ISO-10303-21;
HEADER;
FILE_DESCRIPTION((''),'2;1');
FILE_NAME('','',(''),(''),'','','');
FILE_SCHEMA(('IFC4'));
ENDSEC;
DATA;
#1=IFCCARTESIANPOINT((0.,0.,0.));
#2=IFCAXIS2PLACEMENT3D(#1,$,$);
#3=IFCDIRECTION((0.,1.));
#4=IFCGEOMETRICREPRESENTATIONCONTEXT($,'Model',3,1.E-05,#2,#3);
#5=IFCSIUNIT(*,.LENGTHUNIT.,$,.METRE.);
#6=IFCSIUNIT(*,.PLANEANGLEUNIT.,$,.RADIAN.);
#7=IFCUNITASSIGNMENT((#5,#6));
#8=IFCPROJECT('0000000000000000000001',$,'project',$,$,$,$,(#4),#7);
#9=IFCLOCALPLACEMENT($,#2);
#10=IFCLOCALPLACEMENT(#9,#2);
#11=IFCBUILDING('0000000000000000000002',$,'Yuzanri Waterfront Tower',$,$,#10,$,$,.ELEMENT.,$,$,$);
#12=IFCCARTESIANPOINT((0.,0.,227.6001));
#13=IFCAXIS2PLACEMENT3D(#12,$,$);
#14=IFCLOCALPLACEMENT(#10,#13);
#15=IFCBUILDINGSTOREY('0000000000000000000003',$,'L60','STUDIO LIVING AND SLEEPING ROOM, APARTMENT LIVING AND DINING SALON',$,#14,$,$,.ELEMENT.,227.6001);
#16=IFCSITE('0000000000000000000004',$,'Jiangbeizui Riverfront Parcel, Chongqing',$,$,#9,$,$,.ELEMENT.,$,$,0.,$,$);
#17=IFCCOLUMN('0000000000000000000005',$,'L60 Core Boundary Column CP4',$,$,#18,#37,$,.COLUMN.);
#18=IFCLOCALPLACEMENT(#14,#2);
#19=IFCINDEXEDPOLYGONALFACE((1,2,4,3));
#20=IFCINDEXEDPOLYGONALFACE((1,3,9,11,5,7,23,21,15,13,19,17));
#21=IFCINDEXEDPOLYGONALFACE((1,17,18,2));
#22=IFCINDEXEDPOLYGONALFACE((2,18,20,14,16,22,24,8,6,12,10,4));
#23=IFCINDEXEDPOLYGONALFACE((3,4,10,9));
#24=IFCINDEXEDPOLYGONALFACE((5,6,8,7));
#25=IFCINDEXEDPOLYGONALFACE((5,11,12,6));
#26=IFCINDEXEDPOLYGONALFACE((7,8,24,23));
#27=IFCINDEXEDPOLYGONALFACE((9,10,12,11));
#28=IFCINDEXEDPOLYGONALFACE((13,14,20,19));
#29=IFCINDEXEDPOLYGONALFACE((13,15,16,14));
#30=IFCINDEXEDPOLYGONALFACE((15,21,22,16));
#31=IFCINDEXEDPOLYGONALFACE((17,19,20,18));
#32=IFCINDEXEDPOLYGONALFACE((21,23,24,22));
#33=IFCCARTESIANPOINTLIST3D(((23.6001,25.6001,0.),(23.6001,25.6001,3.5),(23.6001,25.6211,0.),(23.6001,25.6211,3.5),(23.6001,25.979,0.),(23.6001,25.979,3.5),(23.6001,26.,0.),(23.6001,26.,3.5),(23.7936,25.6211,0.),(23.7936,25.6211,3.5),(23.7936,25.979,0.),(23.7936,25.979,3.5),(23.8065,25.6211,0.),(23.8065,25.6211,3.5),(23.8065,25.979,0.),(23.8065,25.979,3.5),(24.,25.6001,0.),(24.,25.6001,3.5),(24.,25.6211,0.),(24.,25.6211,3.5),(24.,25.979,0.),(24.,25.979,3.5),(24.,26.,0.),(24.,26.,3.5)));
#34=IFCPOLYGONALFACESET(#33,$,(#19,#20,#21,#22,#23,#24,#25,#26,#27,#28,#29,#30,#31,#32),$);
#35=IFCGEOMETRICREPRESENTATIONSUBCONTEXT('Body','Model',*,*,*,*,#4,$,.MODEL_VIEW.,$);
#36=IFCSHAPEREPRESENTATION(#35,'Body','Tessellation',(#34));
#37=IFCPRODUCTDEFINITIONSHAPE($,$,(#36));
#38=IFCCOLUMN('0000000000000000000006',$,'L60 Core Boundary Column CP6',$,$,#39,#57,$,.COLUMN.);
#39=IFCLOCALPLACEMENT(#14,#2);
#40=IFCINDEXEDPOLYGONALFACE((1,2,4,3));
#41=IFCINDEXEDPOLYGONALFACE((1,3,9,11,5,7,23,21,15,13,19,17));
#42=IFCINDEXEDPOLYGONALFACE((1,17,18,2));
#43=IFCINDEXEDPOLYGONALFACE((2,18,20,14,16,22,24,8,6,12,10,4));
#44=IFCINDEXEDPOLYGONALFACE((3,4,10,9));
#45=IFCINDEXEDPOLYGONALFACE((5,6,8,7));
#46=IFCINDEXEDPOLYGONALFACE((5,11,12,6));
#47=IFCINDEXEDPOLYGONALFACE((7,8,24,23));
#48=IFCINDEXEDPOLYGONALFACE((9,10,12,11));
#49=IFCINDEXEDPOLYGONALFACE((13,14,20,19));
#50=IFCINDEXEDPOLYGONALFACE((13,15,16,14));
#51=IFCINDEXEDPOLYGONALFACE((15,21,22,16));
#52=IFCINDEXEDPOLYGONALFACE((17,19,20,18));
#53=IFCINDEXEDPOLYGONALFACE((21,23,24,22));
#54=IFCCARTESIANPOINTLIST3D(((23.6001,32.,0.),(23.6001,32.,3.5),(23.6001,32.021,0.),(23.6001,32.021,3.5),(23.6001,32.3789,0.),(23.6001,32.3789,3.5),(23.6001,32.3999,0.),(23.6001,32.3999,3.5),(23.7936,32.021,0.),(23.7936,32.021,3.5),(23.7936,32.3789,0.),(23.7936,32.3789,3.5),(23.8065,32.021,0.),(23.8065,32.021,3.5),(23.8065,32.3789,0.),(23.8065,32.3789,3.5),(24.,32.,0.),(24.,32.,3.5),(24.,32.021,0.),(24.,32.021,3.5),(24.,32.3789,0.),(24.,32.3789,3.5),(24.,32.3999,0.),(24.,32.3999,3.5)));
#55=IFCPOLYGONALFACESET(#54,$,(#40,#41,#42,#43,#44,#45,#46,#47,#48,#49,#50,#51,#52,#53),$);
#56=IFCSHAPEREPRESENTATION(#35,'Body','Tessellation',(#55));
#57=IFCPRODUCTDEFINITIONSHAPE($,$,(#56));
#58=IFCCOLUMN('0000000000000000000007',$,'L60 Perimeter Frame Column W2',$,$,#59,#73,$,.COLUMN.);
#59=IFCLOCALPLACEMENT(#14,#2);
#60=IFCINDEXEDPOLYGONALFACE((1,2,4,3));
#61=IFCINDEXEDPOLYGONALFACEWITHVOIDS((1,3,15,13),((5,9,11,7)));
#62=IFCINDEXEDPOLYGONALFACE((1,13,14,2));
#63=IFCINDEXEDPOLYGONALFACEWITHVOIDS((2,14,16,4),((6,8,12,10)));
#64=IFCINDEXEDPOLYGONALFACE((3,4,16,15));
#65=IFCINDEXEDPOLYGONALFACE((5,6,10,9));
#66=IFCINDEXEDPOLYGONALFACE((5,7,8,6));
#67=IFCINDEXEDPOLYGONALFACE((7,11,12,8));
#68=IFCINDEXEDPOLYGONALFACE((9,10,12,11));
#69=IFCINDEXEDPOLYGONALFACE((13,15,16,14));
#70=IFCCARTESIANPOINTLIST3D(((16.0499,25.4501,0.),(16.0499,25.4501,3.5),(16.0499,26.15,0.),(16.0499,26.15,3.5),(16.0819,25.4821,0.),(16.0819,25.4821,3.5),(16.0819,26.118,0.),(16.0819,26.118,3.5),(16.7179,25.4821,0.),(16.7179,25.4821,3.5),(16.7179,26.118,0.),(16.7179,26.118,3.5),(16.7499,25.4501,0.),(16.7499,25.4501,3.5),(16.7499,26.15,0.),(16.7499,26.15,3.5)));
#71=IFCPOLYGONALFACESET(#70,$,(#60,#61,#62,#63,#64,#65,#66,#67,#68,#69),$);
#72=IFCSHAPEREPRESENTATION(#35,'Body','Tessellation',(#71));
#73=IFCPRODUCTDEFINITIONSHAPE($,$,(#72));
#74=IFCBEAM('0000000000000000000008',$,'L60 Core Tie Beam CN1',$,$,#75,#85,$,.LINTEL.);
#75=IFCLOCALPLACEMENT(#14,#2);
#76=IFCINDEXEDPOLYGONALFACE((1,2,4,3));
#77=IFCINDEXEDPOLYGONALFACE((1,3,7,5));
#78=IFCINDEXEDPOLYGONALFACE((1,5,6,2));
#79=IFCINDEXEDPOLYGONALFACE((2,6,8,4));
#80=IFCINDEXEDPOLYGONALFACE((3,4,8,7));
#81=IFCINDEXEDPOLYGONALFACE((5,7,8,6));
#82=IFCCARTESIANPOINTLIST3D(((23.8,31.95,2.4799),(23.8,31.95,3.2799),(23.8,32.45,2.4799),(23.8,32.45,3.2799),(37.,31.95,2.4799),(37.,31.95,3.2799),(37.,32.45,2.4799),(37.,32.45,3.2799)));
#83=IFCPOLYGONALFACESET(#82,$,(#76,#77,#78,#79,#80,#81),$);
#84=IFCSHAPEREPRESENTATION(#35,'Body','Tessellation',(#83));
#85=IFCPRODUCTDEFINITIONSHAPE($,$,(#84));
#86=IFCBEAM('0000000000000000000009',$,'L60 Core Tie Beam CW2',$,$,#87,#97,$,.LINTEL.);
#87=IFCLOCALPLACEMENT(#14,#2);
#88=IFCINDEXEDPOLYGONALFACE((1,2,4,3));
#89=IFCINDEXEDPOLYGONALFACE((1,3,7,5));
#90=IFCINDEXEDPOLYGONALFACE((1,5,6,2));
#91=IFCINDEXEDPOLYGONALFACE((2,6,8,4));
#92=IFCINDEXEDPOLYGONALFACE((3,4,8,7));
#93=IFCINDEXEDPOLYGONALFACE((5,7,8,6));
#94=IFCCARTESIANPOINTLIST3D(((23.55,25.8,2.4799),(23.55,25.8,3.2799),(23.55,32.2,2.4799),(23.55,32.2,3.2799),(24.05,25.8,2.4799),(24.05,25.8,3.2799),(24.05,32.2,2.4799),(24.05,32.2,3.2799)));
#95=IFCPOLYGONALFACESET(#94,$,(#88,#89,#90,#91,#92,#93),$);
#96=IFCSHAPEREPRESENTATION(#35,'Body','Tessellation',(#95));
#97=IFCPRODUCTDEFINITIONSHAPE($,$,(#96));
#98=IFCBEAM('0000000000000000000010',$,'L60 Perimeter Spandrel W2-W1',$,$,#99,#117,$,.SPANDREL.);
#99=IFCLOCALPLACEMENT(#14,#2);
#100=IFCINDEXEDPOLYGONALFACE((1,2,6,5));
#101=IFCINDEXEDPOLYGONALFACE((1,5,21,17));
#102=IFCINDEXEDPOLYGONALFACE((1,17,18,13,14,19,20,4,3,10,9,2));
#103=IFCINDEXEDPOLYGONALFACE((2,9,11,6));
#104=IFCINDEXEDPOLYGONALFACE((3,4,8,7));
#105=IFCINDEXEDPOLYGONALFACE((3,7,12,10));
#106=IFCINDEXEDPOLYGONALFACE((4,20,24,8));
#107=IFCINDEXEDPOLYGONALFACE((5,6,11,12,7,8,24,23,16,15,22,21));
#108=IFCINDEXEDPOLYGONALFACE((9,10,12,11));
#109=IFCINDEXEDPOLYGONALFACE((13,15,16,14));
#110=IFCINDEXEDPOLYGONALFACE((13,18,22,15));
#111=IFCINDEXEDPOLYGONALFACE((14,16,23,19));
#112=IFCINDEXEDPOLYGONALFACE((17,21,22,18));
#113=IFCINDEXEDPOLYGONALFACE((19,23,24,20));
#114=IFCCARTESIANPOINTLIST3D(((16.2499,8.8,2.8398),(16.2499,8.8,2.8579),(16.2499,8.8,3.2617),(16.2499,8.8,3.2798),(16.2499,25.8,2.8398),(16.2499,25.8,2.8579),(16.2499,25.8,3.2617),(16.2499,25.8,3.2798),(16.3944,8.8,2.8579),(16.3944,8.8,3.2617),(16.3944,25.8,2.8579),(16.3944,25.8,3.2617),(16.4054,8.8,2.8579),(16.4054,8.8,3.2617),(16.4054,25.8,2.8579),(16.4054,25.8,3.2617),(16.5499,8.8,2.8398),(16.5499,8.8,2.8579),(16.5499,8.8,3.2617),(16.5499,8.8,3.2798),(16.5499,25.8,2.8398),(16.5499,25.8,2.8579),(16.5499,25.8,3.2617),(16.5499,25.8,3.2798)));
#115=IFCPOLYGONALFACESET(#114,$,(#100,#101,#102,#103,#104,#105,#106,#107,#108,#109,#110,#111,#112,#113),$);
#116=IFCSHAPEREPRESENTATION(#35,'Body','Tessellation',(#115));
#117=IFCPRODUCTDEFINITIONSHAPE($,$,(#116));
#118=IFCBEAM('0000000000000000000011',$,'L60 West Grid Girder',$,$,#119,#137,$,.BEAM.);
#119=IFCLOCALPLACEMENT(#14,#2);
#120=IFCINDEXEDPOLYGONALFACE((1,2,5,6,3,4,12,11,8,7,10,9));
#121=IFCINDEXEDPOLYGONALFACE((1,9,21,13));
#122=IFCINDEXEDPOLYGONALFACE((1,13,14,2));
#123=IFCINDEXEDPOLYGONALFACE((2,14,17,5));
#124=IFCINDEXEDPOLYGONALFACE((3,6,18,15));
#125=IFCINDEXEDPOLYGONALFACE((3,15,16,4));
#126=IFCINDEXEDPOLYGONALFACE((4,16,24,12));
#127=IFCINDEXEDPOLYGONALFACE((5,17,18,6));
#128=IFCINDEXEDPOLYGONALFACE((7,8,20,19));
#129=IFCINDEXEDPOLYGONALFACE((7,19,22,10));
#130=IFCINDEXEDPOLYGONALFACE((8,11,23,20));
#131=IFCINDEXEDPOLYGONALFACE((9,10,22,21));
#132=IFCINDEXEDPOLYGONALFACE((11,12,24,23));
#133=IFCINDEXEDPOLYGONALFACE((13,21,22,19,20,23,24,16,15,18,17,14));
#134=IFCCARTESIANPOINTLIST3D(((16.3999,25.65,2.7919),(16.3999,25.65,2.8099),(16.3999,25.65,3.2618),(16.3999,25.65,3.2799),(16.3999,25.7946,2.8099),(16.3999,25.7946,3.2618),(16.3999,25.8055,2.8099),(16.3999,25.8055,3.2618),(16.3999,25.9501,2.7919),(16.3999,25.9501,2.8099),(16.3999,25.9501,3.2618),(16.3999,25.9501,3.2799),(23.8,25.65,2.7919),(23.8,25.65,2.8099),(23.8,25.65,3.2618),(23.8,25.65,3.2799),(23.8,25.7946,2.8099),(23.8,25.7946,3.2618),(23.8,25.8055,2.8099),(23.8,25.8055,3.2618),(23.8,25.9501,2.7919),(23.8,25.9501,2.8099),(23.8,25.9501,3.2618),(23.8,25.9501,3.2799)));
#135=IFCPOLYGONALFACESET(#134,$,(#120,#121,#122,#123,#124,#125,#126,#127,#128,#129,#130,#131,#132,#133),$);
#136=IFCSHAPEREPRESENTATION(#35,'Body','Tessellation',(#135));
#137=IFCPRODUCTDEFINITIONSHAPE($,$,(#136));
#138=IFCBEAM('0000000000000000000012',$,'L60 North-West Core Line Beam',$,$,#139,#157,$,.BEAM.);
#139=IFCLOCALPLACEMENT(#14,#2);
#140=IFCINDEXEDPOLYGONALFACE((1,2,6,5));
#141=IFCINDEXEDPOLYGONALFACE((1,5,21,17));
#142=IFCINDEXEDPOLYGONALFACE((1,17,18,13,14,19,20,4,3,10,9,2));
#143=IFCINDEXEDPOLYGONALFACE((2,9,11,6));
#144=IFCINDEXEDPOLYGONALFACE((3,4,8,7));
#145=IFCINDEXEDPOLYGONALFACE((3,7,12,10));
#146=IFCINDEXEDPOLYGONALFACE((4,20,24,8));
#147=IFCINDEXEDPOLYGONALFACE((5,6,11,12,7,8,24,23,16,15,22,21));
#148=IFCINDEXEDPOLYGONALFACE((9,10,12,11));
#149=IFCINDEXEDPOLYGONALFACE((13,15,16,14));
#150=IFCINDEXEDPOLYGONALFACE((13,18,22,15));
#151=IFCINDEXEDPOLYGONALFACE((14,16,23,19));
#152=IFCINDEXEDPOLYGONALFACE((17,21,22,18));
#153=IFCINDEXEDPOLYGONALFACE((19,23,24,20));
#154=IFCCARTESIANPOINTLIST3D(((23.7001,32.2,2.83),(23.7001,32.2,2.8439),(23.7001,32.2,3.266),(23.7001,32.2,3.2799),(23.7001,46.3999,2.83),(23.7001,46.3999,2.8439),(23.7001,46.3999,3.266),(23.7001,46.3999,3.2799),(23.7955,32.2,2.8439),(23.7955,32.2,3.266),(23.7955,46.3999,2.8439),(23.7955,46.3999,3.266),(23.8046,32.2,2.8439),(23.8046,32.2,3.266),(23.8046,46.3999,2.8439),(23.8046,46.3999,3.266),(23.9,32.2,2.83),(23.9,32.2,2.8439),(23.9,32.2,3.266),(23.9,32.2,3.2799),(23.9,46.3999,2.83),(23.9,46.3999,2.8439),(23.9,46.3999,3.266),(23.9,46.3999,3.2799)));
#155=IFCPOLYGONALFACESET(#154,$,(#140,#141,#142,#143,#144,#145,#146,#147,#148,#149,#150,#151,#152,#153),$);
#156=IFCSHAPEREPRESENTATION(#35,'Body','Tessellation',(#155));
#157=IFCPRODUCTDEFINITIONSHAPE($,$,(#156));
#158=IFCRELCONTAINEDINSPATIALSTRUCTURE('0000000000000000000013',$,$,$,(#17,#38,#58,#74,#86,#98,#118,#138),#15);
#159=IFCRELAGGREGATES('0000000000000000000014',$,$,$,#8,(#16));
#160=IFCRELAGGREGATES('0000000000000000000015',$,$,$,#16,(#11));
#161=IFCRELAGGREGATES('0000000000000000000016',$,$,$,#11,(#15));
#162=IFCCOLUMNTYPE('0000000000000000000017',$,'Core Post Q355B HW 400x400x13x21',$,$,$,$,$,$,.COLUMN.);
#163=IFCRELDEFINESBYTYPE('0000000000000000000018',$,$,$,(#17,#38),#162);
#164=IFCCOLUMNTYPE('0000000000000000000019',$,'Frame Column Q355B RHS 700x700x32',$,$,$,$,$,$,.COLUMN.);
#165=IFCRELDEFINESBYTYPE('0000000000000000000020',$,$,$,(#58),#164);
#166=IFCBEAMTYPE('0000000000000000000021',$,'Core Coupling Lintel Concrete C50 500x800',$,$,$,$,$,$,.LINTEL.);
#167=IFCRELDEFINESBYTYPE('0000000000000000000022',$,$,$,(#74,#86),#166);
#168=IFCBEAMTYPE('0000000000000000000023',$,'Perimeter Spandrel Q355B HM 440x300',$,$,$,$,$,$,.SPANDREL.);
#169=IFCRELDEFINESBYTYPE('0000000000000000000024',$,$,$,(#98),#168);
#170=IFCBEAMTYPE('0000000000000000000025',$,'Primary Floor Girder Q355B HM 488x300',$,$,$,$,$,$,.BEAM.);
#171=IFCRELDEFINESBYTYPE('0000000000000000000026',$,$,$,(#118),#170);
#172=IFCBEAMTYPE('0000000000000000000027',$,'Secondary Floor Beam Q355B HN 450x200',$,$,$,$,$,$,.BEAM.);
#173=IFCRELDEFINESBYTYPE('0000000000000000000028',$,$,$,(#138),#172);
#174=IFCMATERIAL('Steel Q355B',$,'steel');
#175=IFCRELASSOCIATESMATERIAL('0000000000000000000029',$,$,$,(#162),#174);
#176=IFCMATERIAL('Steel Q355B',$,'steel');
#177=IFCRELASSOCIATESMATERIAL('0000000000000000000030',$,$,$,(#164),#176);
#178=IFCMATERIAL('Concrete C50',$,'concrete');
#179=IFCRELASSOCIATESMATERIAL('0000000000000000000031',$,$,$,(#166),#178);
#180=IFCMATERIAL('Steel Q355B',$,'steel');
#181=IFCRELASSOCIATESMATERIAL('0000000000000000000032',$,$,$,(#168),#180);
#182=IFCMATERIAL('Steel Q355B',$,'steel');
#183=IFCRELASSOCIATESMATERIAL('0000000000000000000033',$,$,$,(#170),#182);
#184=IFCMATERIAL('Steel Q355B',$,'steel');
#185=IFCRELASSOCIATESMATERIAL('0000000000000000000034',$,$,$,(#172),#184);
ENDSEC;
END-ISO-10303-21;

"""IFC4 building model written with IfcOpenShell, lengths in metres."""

from ifc_helpers import new_model, si_unit, direction, frame, origin, origin_2d, place, context, subcontext, project, spatial, rectangle, hollow_rectangle, i_section, extrude, source, transform, mapped, material, material_profile, profile_set, type_object, element, save


model = new_model("IFC4")

# Units and contexts
model_context = context("Model", 3, precision=1e-05, world=origin(), true_north=direction((0.0, 1.0)))
body_context = subcontext(model_context, "Body", "Model", "MODEL_VIEW")
ifc_project = project(units=[si_unit("LENGTHUNIT", "METRE"), si_unit("PLANEANGLEUNIT", "RADIAN")], contexts=[model_context])

# Site, building, storey
site_placement = place(None, origin())
site = spatial("IfcSite", under=ifc_project, at=site_placement, Name="Jiangbeizui Riverfront Parcel, Chongqing", CompositionType="ELEMENT", RefElevation=0.0)
building_placement = place(site_placement, origin())
building = spatial("IfcBuilding", under=site, at=building_placement, Name="Yuzanri Waterfront Tower", CompositionType="ELEMENT")
storey_placement = place(building_placement, frame((0.0, 0.0, 227.6001)))
storey = spatial("IfcBuildingStorey", under=building, at=storey_placement, Name="L60", Description="STUDIO LIVING AND SLEEPING ROOM, APARTMENT LIVING AND DINING SALON", CompositionType="ELEMENT", Elevation=227.6001)

# Columns
ifc_material_1 = material(Name="Steel Q355B", Category="steel")
ifc_material_profile_1 = material_profile(ifc_material_1, i_section(OverallWidth=0.3999, OverallDepth=0.3999, WebThickness=0.0129, FlangeThickness=0.021, at=origin_2d()), Name="HW 400x400x13x21")
ifc_profile_set_1 = profile_set([ifc_material_profile_1], Name="Steel Q355B")
column_type_1 = type_object("IfcColumnType", Name="Core Post Q355B HW 400x400x13x21", PredefinedType="COLUMN", material=ifc_profile_set_1)
shared_shape_1 = source(origin(), body_context, "Body", "SweptSolid", [
    extrude(i_section(OverallWidth=0.3999, OverallDepth=0.3999, WebThickness=0.0129, FlangeThickness=0.021, at=origin_2d()), origin(), (0.0, 0.0, 1.0), 3.5),
])
for number, where, z_axis, x_axis, name in (
    (1, (23.8, 25.8, 0.0), (0.0, 0.0, 1.0), (1.0, 0.0, 0.0), "L60 Core Boundary Column CP4"),
    (2, (23.8, 32.2, 0.0), (0.0, 0.0, 1.0), (1.0, 0.0, 0.0), "L60 Core Boundary Column CP6"),
):
    element("IfcColumn", number, at=place(storey_placement, frame(where, z_axis=z_axis, x_axis=x_axis)), inside=storey, type_object=column_type_1, Name=name, PredefinedType="COLUMN", context=body_context, shape_type="MappedRepresentation", body=[
        mapped(shared_shape_1, transform((0.0, 0.0, 0.0), scale=1.0)),
    ])
ifc_material_2 = material(Name="Steel Q355B", Category="steel")
ifc_material_profile_2 = material_profile(ifc_material_2, hollow_rectangle(XDim=0.7, YDim=0.7, WallThickness=0.032, at=origin_2d()), Name="RHS 700x700x32")
ifc_profile_set_2 = profile_set([ifc_material_profile_2], Name="Steel Q355B")
column_type_2 = type_object("IfcColumnType", Name="Frame Column Q355B RHS 700x700x32", PredefinedType="COLUMN", material=ifc_profile_set_2)
shared_shape_2 = source(origin(), body_context, "Body", "SweptSolid", [
    extrude(hollow_rectangle(XDim=0.7, YDim=0.7, WallThickness=0.032, at=origin_2d()), origin(), (0.0, 0.0, 1.0), 3.5),
])
column_placement = place(storey_placement, frame((16.3999, 25.8, 0.0), z_axis=(0.0, 0.0, 1.0), x_axis=(1.0, 0.0, 0.0)))
element("IfcColumn", 3, at=column_placement, inside=storey, type_object=column_type_2, Name="L60 Perimeter Frame Column W2", PredefinedType="COLUMN", context=body_context, shape_type="MappedRepresentation", body=[
    mapped(shared_shape_2, transform((0.0, 0.0, 0.0), scale=1.0)),
])

# Beams
ifc_material_3 = material(Name="Concrete C50", Category="concrete")
ifc_material_profile_3 = material_profile(ifc_material_3, rectangle(XDim=0.5, YDim=0.8, at=origin_2d()), Name="RC 500x800")
ifc_profile_set_3 = profile_set([ifc_material_profile_3], Name="Concrete C50")
beam_type_1 = type_object("IfcBeamType", Name="Core Coupling Lintel Concrete C50 500x800", PredefinedType="LINTEL", material=ifc_profile_set_3)
shared_shape_3 = source(origin(), body_context, "Body", "SweptSolid", [
    extrude(rectangle(XDim=0.5, YDim=0.8, at=origin_2d()), origin(), (0.0, 0.0, 1.0), 13.2),
])
beam_1_placement = place(storey_placement, frame((23.8, 32.2, 2.8799), z_axis=(1.0, 0.0, 0.0), x_axis=(0.0, 1.0, 0.0)))
element("IfcBeam", 4, at=beam_1_placement, inside=storey, type_object=beam_type_1, Name="L60 Core Tie Beam CN1", PredefinedType="LINTEL", context=body_context, shape_type="MappedRepresentation", body=[
    mapped(shared_shape_3, transform((0.0, 0.0, 0.0), scale=1.0)),
])
shared_shape_4 = source(origin(), body_context, "Body", "SweptSolid", [
    extrude(rectangle(XDim=0.5, YDim=0.8, at=origin_2d()), origin(), (0.0, 0.0, 1.0), 6.3999),
])
beam_2_placement = place(storey_placement, frame((23.8, 25.8, 2.8799), z_axis=(0.0, 1.0, 0.0), x_axis=(-1.0, 0.0, 0.0)))
element("IfcBeam", 5, at=beam_2_placement, inside=storey, type_object=beam_type_1, Name="L60 Core Tie Beam CW2", PredefinedType="LINTEL", context=body_context, shape_type="MappedRepresentation", body=[
    mapped(shared_shape_4, transform((0.0, 0.0, 0.0), scale=1.0)),
])
ifc_material_4 = material(Name="Steel Q355B", Category="steel")
ifc_material_profile_4 = material_profile(ifc_material_4, i_section(OverallWidth=0.3, OverallDepth=0.4399, WebThickness=0.011, FlangeThickness=0.0181, at=origin_2d()), Name="HM 440x300x11x18")
ifc_profile_set_4 = profile_set([ifc_material_profile_4], Name="Steel Q355B")
beam_type_2 = type_object("IfcBeamType", Name="Perimeter Spandrel Q355B HM 440x300", PredefinedType="SPANDREL", material=ifc_profile_set_4)
shared_shape_5 = source(origin(), body_context, "Body", "SweptSolid", [
    extrude(i_section(OverallWidth=0.3, OverallDepth=0.4399, WebThickness=0.011, FlangeThickness=0.0181, at=origin_2d()), origin(), (0.0, 0.0, 1.0), 17.0),
])
beam_3_placement = place(storey_placement, frame((16.3999, 25.8, 3.0598), z_axis=(0.0, -1.0, 0.0), x_axis=(1.0, 0.0, 0.0)))
element("IfcBeam", 6, at=beam_3_placement, inside=storey, type_object=beam_type_2, Name="L60 Perimeter Spandrel W2-W1", PredefinedType="SPANDREL", context=body_context, shape_type="MappedRepresentation", body=[
    mapped(shared_shape_5, transform((0.0, 0.0, 0.0), scale=1.0)),
])
ifc_material_5 = material(Name="Steel Q355B", Category="steel")
ifc_material_profile_5 = material_profile(ifc_material_5, i_section(OverallWidth=0.3, OverallDepth=0.488, WebThickness=0.011, FlangeThickness=0.0181, at=origin_2d()), Name="HM 488x300x11x18")
ifc_profile_set_5 = profile_set([ifc_material_profile_5], Name="Steel Q355B")
beam_type_3 = type_object("IfcBeamType", Name="Primary Floor Girder Q355B HM 488x300", PredefinedType="BEAM", material=ifc_profile_set_5)
shared_shape_6 = source(origin(), body_context, "Body", "SweptSolid", [
    extrude(i_section(OverallWidth=0.3, OverallDepth=0.488, WebThickness=0.011, FlangeThickness=0.0181, at=origin_2d()), origin(), (0.0, 0.0, 1.0), 7.4001),
])
beam_4_placement = place(storey_placement, frame((23.8, 25.8, 3.0359), z_axis=(-1.0, 0.0, 0.0), x_axis=(0.0, -1.0, 0.0)))
element("IfcBeam", 7, at=beam_4_placement, inside=storey, type_object=beam_type_3, Name="L60 West Grid Girder", PredefinedType="BEAM", context=body_context, shape_type="MappedRepresentation", body=[
    mapped(shared_shape_6, transform((0.0, 0.0, 0.0), scale=1.0)),
])
ifc_material_6 = material(Name="Steel Q355B", Category="steel")
ifc_material_profile_6 = material_profile(ifc_material_6, i_section(OverallWidth=0.2, OverallDepth=0.45, WebThickness=0.009, FlangeThickness=0.0139, at=origin_2d()), Name="HN 450x200x9x14")
ifc_profile_set_6 = profile_set([ifc_material_profile_6], Name="Steel Q355B")
beam_type_4 = type_object("IfcBeamType", Name="Secondary Floor Beam Q355B HN 450x200", PredefinedType="BEAM", material=ifc_profile_set_6)
shared_shape_7 = source(origin(), body_context, "Body", "SweptSolid", [
    extrude(i_section(OverallWidth=0.2, OverallDepth=0.45, WebThickness=0.009, FlangeThickness=0.0139, at=origin_2d()), origin(), (0.0, 0.0, 1.0), 14.2),
])
beam_5_placement = place(storey_placement, frame((23.8, 32.2, 3.0549), z_axis=(0.0, 1.0, 0.0), x_axis=(-1.0, 0.0, 0.0)))
element("IfcBeam", 8, at=beam_5_placement, inside=storey, type_object=beam_type_4, Name="L60 North-West Core Line Beam", PredefinedType="BEAM", context=body_context, shape_type="MappedRepresentation", body=[
    mapped(shared_shape_7, transform((0.0, 0.0, 0.0), scale=1.0)),
])

save(model, "model.ifc")
